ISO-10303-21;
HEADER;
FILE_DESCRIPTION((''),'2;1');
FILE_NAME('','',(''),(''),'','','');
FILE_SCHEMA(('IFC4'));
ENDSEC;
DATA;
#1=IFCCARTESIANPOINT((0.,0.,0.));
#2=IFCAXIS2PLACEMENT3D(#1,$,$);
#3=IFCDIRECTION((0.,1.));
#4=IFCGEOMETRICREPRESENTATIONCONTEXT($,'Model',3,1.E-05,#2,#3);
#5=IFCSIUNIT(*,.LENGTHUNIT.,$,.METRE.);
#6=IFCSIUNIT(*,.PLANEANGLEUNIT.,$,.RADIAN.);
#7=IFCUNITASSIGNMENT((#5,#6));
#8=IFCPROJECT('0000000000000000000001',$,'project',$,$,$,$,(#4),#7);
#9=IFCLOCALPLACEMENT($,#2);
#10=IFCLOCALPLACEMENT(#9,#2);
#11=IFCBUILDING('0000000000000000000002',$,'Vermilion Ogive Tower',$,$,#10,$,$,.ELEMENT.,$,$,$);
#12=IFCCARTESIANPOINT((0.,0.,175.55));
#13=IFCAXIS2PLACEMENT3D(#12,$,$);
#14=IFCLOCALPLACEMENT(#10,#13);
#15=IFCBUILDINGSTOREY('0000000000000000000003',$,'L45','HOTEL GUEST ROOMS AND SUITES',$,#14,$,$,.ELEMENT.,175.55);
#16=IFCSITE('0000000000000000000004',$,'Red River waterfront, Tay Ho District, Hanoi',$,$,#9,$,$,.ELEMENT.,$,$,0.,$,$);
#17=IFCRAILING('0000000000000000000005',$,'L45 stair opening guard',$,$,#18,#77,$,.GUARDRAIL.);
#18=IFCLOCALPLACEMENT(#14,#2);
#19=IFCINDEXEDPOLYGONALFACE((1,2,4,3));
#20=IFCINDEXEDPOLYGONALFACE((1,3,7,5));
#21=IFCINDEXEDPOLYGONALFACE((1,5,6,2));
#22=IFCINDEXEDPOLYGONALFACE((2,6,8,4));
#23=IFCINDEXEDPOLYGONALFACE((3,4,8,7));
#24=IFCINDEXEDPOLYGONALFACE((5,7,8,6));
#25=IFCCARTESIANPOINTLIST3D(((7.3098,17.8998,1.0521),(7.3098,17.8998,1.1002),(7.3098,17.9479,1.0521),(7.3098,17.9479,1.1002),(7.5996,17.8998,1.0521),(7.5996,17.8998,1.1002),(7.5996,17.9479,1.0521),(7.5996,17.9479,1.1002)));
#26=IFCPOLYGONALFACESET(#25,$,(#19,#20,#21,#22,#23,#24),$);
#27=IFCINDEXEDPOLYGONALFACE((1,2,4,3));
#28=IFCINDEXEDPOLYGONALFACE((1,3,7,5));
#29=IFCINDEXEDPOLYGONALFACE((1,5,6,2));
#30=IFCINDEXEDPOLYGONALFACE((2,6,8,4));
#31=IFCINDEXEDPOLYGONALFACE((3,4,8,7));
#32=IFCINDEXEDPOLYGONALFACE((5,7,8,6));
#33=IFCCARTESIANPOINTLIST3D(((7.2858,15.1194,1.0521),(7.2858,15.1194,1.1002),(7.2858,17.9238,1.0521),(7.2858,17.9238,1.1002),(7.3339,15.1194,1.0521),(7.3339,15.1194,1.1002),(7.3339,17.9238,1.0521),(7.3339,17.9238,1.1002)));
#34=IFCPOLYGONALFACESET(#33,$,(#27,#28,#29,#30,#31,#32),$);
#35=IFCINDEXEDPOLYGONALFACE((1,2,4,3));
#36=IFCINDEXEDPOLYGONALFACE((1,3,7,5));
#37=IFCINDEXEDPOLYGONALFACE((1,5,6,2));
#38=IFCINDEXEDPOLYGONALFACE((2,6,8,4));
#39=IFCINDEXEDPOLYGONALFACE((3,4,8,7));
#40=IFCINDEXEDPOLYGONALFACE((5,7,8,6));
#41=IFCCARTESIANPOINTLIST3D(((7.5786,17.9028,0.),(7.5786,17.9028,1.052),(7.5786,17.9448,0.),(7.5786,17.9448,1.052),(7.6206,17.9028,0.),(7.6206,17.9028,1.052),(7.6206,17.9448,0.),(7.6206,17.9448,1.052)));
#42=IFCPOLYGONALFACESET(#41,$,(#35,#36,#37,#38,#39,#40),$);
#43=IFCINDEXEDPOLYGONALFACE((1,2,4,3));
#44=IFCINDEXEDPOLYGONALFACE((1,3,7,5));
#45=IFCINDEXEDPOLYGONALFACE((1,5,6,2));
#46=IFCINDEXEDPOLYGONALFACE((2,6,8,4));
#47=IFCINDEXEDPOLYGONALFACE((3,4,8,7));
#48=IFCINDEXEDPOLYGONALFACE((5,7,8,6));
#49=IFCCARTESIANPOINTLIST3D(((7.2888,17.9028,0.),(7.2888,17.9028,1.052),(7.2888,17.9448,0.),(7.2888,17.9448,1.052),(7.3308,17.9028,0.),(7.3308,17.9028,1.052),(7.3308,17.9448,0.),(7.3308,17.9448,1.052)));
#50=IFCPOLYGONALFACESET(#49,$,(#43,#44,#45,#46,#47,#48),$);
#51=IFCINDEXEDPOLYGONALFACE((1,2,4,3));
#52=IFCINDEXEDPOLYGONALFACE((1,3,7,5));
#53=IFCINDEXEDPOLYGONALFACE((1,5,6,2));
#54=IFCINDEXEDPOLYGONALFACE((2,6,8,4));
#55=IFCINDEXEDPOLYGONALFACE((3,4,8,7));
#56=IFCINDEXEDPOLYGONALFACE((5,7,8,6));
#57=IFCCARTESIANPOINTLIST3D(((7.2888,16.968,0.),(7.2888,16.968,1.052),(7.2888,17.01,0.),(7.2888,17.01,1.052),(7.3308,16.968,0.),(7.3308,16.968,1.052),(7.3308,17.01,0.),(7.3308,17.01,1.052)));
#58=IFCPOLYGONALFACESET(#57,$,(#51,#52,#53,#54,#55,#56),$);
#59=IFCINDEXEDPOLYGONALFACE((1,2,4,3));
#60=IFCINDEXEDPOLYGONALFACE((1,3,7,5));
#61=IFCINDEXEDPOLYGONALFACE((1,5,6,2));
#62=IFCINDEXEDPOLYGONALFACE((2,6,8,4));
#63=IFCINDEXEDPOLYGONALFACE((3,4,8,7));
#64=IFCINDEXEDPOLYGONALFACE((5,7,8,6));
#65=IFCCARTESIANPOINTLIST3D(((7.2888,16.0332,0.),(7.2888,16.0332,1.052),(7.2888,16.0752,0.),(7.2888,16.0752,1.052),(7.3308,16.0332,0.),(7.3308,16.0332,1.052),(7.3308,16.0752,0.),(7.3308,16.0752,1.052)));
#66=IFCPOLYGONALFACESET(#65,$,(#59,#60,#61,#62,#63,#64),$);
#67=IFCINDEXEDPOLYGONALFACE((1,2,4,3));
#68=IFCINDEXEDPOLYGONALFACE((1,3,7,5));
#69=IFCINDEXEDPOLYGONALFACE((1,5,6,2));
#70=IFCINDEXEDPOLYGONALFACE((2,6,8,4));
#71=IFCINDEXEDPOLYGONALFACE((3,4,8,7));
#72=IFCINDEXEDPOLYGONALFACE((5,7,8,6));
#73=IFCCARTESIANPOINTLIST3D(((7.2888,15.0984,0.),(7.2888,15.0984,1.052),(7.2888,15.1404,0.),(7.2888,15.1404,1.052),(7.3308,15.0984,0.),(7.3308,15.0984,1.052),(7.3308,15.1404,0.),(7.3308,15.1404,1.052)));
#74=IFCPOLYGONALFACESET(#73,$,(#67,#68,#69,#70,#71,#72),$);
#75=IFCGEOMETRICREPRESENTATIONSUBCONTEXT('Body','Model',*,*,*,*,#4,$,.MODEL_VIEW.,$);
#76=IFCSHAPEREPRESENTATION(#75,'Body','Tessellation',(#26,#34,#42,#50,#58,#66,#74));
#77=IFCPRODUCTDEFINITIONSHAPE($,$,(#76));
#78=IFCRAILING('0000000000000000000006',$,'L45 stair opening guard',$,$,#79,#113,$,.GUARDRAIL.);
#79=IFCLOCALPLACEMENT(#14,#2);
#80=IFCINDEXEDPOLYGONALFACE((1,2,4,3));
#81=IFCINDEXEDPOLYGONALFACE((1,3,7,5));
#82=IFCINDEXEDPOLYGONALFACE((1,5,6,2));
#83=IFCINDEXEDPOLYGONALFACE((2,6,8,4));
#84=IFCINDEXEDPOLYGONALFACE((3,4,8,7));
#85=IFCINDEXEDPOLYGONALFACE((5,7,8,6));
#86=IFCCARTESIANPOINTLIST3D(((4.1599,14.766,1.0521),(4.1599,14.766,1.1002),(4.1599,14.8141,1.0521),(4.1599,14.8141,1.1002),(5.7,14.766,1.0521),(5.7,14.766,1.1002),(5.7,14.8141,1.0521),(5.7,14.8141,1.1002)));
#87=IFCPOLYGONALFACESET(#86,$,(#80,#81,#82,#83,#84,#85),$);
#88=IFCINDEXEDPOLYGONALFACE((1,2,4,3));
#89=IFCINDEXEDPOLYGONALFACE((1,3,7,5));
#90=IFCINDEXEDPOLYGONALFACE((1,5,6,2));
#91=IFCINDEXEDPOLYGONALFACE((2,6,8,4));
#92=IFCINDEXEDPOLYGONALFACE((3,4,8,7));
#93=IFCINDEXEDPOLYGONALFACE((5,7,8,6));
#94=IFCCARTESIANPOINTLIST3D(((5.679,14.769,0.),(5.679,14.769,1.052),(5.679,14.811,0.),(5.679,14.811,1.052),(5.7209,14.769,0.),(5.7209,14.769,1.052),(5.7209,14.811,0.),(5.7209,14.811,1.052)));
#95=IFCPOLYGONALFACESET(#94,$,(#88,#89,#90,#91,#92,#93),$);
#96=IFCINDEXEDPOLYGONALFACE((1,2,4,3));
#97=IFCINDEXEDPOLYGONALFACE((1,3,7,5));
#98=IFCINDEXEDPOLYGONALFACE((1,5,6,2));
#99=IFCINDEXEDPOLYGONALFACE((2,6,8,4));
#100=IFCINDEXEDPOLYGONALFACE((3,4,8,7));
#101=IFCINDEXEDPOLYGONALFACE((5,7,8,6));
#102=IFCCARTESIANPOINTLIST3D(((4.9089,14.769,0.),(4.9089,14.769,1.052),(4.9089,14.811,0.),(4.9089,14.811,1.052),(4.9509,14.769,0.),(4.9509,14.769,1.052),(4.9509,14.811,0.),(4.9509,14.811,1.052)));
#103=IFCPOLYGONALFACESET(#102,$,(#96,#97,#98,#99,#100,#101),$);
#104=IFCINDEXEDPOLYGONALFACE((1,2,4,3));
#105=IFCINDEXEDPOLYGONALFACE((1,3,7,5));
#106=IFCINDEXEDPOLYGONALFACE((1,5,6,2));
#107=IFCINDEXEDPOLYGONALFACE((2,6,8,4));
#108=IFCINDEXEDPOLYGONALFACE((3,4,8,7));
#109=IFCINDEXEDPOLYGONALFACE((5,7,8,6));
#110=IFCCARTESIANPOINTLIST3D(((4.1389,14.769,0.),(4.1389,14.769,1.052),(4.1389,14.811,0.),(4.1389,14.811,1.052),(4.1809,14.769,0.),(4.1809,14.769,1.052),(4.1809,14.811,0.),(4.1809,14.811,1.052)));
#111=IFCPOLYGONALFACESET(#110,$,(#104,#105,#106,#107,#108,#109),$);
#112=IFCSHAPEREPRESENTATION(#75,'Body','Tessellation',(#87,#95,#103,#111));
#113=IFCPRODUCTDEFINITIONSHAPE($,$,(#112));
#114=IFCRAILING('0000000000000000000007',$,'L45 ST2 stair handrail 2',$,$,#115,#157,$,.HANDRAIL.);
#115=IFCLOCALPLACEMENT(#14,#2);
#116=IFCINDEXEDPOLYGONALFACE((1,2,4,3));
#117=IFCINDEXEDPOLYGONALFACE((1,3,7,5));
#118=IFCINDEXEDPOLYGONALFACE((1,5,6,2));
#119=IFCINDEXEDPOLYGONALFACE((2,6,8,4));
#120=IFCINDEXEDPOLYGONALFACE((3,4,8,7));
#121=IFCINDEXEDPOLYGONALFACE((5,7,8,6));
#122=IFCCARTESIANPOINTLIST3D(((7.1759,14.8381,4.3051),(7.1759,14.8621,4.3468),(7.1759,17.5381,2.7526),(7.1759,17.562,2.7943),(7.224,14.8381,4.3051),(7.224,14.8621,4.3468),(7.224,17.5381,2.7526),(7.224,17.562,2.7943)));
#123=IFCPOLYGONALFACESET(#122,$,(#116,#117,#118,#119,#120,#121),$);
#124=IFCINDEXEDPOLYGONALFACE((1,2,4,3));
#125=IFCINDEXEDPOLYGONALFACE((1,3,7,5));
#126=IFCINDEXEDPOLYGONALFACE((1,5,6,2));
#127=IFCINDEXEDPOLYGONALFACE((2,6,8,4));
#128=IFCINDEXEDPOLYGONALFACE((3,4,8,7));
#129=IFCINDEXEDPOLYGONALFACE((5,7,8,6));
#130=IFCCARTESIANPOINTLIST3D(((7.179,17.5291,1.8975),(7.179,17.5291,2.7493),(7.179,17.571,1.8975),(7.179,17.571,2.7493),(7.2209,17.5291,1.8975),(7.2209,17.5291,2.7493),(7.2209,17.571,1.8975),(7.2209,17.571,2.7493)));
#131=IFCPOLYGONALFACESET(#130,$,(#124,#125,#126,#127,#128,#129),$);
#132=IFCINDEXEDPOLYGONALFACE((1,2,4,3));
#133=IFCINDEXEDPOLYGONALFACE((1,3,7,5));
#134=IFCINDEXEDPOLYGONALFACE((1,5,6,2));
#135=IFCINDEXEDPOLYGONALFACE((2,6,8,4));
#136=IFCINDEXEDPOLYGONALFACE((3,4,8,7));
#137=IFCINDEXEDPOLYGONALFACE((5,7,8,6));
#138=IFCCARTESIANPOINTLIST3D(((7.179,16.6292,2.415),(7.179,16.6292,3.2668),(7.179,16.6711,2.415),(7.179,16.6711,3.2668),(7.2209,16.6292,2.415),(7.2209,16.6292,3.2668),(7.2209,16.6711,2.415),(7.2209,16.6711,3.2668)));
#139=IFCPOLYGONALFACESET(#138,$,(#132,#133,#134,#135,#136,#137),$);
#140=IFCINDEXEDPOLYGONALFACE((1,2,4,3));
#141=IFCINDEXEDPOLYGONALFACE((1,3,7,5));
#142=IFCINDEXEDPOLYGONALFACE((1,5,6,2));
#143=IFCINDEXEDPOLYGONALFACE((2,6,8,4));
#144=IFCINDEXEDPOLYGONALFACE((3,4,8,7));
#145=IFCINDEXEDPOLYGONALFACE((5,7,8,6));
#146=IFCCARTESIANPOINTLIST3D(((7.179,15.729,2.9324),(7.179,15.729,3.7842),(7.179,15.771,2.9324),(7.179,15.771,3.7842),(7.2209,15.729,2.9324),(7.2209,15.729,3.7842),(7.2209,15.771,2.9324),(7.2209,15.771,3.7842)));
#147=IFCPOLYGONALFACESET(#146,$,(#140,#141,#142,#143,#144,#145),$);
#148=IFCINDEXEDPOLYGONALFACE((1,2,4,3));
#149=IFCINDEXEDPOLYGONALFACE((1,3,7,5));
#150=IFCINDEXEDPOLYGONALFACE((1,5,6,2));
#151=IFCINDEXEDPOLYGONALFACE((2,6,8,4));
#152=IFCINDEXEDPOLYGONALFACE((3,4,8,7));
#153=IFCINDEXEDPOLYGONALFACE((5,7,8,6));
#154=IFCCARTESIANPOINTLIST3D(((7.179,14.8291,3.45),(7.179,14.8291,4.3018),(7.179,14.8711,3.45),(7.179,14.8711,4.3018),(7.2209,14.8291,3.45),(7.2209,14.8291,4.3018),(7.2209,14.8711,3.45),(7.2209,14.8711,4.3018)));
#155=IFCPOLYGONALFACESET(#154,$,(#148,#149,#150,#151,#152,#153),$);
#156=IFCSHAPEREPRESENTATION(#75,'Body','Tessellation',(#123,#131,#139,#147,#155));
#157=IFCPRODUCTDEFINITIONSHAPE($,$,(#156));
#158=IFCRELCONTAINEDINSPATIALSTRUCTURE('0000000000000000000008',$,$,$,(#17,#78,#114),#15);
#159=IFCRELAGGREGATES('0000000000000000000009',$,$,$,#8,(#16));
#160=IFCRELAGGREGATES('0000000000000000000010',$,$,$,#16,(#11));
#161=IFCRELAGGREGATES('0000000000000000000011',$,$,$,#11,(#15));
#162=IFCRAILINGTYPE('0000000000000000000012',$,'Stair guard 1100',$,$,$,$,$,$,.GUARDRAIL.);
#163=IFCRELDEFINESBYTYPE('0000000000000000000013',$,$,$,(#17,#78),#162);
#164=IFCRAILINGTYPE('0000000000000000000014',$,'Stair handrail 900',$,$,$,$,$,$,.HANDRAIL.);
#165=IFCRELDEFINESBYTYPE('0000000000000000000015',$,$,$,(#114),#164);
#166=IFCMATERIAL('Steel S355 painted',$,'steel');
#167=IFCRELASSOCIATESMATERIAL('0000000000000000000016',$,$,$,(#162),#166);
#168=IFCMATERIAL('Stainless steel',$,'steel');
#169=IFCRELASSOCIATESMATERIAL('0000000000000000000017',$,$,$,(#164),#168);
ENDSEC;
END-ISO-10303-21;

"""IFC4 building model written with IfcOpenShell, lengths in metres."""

from ifc_helpers import new_model, si_unit, direction, frame, origin, origin_2d, place, context, subcontext, project, spatial, rectangle, extrude, material, type_object, element, save


model = new_model("IFC4")

# Units and contexts
model_context = context("Model", 3, precision=1e-05, world=origin(), true_north=direction((0.0, 1.0)))
body_context = subcontext(model_context, "Body", "Model", "MODEL_VIEW")
ifc_project = project(units=[si_unit("LENGTHUNIT", "METRE"), si_unit("PLANEANGLEUNIT", "RADIAN")], contexts=[model_context])

# Site, building, storey
site_placement = place(None, origin())
site = spatial("IfcSite", under=ifc_project, at=site_placement, Name="Red River waterfront, Tay Ho District, Hanoi", CompositionType="ELEMENT", RefElevation=0.0)
building_placement = place(site_placement, origin())
building = spatial("IfcBuilding", under=site, at=building_placement, Name="Vermilion Ogive Tower", CompositionType="ELEMENT")
storey_placement = place(building_placement, frame((0.0, 0.0, 175.55)))
storey = spatial("IfcBuildingStorey", under=building, at=storey_placement, Name="L45", Description="HOTEL GUEST ROOMS AND SUITES", CompositionType="ELEMENT", Elevation=175.55)

# Railings
ifc_material_1 = material(Name="Steel S355 painted", Category="steel")
railing_type_1 = type_object("IfcRailingType", Name="Stair guard 1100", PredefinedType="GUARDRAIL", material=ifc_material_1)
railing_1_placement = place(storey_placement, frame((7.5996, 17.9238, 0.0)))
element("IfcRailing", 1, at=railing_1_placement, inside=storey, type_object=railing_type_1, Name="L45 stair opening guard", PredefinedType="GUARDRAIL", context=body_context, shape_type="SweptSolid", body=[
    extrude(rectangle(XDim=0.0481, YDim=0.0481, at=origin_2d()), frame((0.0, 0.0, 1.0762), z_axis=(-1.0, 0.0, 0.0), x_axis=(0.0, -1.0, 0.0)), (0.0, 0.0, 1.0), 0.2898),
    extrude(rectangle(XDim=0.0481, YDim=0.0481, at=origin_2d()), frame((-0.2898, 0.0, 1.0762), z_axis=(0.0, -1.0, 0.0), x_axis=(1.0, 0.0, 0.0)), (0.0, 0.0, 1.0), 2.8044),
    extrude(rectangle(XDim=0.042, YDim=0.042, at=origin_2d()), origin(), (0.0, 0.0, 1.0), 1.052),
    extrude(rectangle(XDim=0.042, YDim=0.042, at=origin_2d()), frame((-0.2898, 0.0, 0.0)), (0.0, 0.0, 1.0), 1.052),
    extrude(rectangle(XDim=0.042, YDim=0.042, at=origin_2d()), frame((-0.2898, -0.9348, 0.0)), (0.0, 0.0, 1.0), 1.052),
    extrude(rectangle(XDim=0.042, YDim=0.042, at=origin_2d()), frame((-0.2898, -1.8696, 0.0)), (0.0, 0.0, 1.0), 1.052),
    extrude(rectangle(XDim=0.042, YDim=0.042, at=origin_2d()), frame((-0.2898, -2.8044, 0.0)), (0.0, 0.0, 1.0), 1.052),
])
railing_2_placement = place(storey_placement, frame((5.7, 14.79, 0.0)))
element("IfcRailing", 2, at=railing_2_placement, inside=storey, type_object=railing_type_1, Name="L45 stair opening guard", PredefinedType="GUARDRAIL", context=body_context, shape_type="SweptSolid", body=[
    extrude(rectangle(XDim=0.0481, YDim=0.0481, at=origin_2d()), frame((0.0, 0.0, 1.0762), z_axis=(-1.0, 0.0, 0.0), x_axis=(0.0, -1.0, 0.0)), (0.0, 0.0, 1.0), 1.54),
    extrude(rectangle(XDim=0.042, YDim=0.042, at=origin_2d()), origin(), (0.0, 0.0, 1.0), 1.052),
    extrude(rectangle(XDim=0.042, YDim=0.042, at=origin_2d()), frame((-0.77, 0.0, 0.0)), (0.0, 0.0, 1.0), 1.052),
    extrude(rectangle(XDim=0.042, YDim=0.042, at=origin_2d()), frame((-1.54, 0.0, 0.0)), (0.0, 0.0, 1.0), 1.052),
])
ifc_material_2 = material(Name="Stainless steel", Category="steel")
railing_type_2 = type_object("IfcRailingType", Name="Stair handrail 900", PredefinedType="HANDRAIL", material=ifc_material_2)
railing_3_placement = place(storey_placement, frame((7.2, 17.55, 1.8975)))
element("IfcRailing", 3, at=railing_3_placement, inside=storey, type_object=railing_type_2, Name="L45 ST2 stair handrail 2", PredefinedType="HANDRAIL", context=body_context, shape_type="SweptSolid", body=[
    extrude(rectangle(XDim=0.0481, YDim=0.0481, at=origin_2d()), frame((0.0, 0.0, 0.876), z_axis=(0.0, -0.866904, 0.498476), x_axis=(1.0, 0.0, 0.0)), (0.0, 0.0, 1.0), 3.1145),
    extrude(rectangle(XDim=0.042, YDim=0.042, at=origin_2d()), origin(), (0.0, 0.0, 1.0), 0.8518),
    extrude(rectangle(XDim=0.042, YDim=0.042, at=origin_2d()), frame((0.0, -0.8999, 0.5176)), (0.0, 0.0, 1.0), 0.8518),
    extrude(rectangle(XDim=0.042, YDim=0.042, at=origin_2d()), frame((0.0, -1.8, 1.0349)), (0.0, 0.0, 1.0), 0.8518),
    extrude(rectangle(XDim=0.042, YDim=0.042, at=origin_2d()), frame((0.0, -2.7, 1.5525)), (0.0, 0.0, 1.0), 0.8518),
])

save(model, "model.ifc")
